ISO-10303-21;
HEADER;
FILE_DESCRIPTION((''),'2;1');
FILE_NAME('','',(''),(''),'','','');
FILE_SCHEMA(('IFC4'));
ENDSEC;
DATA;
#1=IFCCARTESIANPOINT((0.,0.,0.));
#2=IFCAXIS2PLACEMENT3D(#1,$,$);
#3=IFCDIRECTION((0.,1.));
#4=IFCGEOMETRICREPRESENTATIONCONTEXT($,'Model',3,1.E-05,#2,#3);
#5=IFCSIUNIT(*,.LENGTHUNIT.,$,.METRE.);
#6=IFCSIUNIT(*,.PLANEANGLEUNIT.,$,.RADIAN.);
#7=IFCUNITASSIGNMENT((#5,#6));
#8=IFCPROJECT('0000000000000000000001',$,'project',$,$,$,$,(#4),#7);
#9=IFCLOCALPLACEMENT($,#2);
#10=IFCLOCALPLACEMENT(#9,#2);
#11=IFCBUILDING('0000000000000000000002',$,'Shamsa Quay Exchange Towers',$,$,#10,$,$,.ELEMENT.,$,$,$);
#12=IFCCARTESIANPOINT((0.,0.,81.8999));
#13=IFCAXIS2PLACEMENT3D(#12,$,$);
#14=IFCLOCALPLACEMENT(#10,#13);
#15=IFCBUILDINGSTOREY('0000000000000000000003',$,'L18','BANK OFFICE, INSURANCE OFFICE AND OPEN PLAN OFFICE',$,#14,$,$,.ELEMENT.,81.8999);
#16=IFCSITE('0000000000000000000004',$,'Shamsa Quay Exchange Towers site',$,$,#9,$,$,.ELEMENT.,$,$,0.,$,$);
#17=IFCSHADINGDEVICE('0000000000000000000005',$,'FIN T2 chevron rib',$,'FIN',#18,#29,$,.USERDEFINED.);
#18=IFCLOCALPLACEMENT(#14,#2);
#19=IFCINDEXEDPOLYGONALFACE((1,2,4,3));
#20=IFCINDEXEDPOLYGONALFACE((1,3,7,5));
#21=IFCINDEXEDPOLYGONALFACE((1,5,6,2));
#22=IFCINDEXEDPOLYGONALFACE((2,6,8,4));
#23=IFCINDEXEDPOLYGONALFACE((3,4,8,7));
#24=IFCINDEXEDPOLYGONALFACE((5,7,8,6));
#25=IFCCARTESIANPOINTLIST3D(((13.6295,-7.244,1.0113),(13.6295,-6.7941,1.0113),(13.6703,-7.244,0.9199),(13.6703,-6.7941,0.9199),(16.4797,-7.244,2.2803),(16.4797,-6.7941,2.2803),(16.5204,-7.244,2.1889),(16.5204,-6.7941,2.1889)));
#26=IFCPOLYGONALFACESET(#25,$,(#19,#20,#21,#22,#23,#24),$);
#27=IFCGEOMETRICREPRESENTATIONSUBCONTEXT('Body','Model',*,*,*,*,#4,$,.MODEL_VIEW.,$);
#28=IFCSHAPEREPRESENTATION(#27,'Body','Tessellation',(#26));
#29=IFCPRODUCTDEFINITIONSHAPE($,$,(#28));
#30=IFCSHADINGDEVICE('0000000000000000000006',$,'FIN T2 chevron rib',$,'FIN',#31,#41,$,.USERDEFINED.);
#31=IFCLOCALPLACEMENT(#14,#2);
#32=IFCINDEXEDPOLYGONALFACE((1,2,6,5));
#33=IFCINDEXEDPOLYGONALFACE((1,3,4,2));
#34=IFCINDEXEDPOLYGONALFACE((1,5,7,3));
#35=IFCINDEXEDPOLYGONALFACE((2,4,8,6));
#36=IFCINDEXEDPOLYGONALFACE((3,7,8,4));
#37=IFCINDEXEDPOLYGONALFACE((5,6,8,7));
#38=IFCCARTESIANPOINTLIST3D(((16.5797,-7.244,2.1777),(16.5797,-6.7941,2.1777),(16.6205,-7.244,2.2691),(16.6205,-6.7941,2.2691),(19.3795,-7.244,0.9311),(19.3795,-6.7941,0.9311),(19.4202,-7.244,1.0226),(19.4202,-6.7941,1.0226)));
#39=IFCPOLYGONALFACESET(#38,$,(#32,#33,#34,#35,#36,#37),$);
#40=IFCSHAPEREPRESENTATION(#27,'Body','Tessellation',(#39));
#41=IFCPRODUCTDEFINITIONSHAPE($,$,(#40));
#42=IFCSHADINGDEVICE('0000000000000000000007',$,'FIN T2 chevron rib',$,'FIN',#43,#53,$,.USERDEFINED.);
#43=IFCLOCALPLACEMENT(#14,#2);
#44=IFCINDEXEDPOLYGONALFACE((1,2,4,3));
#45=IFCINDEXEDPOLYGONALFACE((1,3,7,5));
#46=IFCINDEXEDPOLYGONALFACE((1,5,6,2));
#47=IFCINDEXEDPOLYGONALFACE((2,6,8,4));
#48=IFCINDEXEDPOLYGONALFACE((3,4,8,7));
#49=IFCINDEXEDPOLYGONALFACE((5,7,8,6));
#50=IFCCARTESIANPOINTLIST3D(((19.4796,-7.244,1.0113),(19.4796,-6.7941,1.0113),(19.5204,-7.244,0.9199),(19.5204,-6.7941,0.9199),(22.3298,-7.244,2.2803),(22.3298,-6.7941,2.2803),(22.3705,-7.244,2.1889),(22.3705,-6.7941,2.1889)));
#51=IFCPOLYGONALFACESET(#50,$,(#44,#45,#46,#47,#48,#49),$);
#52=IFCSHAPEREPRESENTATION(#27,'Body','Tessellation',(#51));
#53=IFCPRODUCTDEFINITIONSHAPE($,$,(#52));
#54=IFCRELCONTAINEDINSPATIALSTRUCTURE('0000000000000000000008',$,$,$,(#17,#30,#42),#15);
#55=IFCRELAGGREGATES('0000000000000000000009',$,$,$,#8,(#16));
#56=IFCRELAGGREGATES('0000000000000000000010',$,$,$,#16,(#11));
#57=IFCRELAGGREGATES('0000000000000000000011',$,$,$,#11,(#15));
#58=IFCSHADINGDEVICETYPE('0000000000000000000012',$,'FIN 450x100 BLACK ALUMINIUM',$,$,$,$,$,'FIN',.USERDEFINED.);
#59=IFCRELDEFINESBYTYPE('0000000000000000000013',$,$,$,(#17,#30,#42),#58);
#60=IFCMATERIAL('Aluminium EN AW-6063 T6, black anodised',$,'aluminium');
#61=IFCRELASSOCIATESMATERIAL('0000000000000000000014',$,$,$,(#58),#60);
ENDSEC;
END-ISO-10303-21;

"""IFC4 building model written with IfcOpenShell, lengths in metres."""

from ifc_helpers import new_model, si_unit, direction, frame, origin, origin_2d, place, context, subcontext, project, spatial, rectangle, extrude, material, material_profile, profile_set, type_object, element, save


model = new_model("IFC4")

# Units and contexts
model_context = context("Model", 3, precision=1e-05, world=origin(), true_north=direction((0.0, 1.0)))
body_context = subcontext(model_context, "Body", "Model", "MODEL_VIEW")
ifc_project = project(units=[si_unit("LENGTHUNIT", "METRE"), si_unit("PLANEANGLEUNIT", "RADIAN")], contexts=[model_context])

# Site, building, storey
site_placement = place(None, origin())
site = spatial("IfcSite", under=ifc_project, at=site_placement, Name="Shamsa Quay Exchange Towers site", CompositionType="ELEMENT", RefElevation=0.0)
building_placement = place(site_placement, origin())
building = spatial("IfcBuilding", under=site, at=building_placement, Name="Shamsa Quay Exchange Towers", CompositionType="ELEMENT")
storey_placement = place(building_placement, frame((0.0, 0.0, 81.8999)))
storey = spatial("IfcBuildingStorey", under=building, at=storey_placement, Name="L18", Description="BANK OFFICE, INSURANCE OFFICE AND OPEN PLAN OFFICE", CompositionType="ELEMENT", Elevation=81.8999)

# Shared definitions
ifc_material_1 = material(Name="Aluminium EN AW-6063 T6, black anodised", Category="aluminium")

# Shading devices
ifc_material_profile_1 = material_profile(ifc_material_1, rectangle(XDim=0.45, YDim=0.1001, at=origin_2d()), Name="FIN450x100")
ifc_profile_set_1 = profile_set([ifc_material_profile_1], Name="Aluminium EN AW-6063 T6, black anodised")
shading_device_type = type_object("IfcShadingDeviceType", Name="FIN 450x100 BLACK ALUMINIUM", ElementType="FIN", PredefinedType="USERDEFINED", material=ifc_profile_set_1)
shading_device_1_placement = place(storey_placement, frame((13.6499, -7.019, 0.9656), z_axis=(0.913534, 0.0, 0.406763), x_axis=(0.0, 1.0, 0.0)))
element("IfcShadingDevice", 1, at=shading_device_1_placement, inside=storey, type_object=shading_device_type, Name="FIN T2 chevron rib", ObjectType="FIN", PredefinedType="USERDEFINED", context=body_context, shape_type="SweptSolid", body=[
    extrude(rectangle(XDim=0.45, YDim=0.1001, at=origin_2d()), origin(), (0.0, 0.0, 1.0), 3.1199),
])
shading_device_2_placement = place(storey_placement, frame((16.6001, -7.019, 2.2234), z_axis=(0.913542, 0.0, -0.406744), x_axis=(0.0, 1.0, 0.0)))
element("IfcShadingDevice", 2, at=shading_device_2_placement, inside=storey, type_object=shading_device_type, Name="FIN T2 chevron rib", ObjectType="FIN", PredefinedType="USERDEFINED", context=body_context, shape_type="SweptSolid", body=[
    extrude(rectangle(XDim=0.45, YDim=0.1001, at=origin_2d()), origin(), (0.0, 0.0, 1.0), 3.0647),
])
shading_device_3_placement = place(storey_placement, frame((19.5, -7.019, 0.9656), z_axis=(0.913534, 0.0, 0.406763), x_axis=(0.0, 1.0, 0.0)))
element("IfcShadingDevice", 3, at=shading_device_3_placement, inside=storey, type_object=shading_device_type, Name="FIN T2 chevron rib", ObjectType="FIN", PredefinedType="USERDEFINED", context=body_context, shape_type="SweptSolid", body=[
    extrude(rectangle(XDim=0.45, YDim=0.1001, at=origin_2d()), origin(), (0.0, 0.0, 1.0), 3.1199),
])

save(model, "model.ifc")
